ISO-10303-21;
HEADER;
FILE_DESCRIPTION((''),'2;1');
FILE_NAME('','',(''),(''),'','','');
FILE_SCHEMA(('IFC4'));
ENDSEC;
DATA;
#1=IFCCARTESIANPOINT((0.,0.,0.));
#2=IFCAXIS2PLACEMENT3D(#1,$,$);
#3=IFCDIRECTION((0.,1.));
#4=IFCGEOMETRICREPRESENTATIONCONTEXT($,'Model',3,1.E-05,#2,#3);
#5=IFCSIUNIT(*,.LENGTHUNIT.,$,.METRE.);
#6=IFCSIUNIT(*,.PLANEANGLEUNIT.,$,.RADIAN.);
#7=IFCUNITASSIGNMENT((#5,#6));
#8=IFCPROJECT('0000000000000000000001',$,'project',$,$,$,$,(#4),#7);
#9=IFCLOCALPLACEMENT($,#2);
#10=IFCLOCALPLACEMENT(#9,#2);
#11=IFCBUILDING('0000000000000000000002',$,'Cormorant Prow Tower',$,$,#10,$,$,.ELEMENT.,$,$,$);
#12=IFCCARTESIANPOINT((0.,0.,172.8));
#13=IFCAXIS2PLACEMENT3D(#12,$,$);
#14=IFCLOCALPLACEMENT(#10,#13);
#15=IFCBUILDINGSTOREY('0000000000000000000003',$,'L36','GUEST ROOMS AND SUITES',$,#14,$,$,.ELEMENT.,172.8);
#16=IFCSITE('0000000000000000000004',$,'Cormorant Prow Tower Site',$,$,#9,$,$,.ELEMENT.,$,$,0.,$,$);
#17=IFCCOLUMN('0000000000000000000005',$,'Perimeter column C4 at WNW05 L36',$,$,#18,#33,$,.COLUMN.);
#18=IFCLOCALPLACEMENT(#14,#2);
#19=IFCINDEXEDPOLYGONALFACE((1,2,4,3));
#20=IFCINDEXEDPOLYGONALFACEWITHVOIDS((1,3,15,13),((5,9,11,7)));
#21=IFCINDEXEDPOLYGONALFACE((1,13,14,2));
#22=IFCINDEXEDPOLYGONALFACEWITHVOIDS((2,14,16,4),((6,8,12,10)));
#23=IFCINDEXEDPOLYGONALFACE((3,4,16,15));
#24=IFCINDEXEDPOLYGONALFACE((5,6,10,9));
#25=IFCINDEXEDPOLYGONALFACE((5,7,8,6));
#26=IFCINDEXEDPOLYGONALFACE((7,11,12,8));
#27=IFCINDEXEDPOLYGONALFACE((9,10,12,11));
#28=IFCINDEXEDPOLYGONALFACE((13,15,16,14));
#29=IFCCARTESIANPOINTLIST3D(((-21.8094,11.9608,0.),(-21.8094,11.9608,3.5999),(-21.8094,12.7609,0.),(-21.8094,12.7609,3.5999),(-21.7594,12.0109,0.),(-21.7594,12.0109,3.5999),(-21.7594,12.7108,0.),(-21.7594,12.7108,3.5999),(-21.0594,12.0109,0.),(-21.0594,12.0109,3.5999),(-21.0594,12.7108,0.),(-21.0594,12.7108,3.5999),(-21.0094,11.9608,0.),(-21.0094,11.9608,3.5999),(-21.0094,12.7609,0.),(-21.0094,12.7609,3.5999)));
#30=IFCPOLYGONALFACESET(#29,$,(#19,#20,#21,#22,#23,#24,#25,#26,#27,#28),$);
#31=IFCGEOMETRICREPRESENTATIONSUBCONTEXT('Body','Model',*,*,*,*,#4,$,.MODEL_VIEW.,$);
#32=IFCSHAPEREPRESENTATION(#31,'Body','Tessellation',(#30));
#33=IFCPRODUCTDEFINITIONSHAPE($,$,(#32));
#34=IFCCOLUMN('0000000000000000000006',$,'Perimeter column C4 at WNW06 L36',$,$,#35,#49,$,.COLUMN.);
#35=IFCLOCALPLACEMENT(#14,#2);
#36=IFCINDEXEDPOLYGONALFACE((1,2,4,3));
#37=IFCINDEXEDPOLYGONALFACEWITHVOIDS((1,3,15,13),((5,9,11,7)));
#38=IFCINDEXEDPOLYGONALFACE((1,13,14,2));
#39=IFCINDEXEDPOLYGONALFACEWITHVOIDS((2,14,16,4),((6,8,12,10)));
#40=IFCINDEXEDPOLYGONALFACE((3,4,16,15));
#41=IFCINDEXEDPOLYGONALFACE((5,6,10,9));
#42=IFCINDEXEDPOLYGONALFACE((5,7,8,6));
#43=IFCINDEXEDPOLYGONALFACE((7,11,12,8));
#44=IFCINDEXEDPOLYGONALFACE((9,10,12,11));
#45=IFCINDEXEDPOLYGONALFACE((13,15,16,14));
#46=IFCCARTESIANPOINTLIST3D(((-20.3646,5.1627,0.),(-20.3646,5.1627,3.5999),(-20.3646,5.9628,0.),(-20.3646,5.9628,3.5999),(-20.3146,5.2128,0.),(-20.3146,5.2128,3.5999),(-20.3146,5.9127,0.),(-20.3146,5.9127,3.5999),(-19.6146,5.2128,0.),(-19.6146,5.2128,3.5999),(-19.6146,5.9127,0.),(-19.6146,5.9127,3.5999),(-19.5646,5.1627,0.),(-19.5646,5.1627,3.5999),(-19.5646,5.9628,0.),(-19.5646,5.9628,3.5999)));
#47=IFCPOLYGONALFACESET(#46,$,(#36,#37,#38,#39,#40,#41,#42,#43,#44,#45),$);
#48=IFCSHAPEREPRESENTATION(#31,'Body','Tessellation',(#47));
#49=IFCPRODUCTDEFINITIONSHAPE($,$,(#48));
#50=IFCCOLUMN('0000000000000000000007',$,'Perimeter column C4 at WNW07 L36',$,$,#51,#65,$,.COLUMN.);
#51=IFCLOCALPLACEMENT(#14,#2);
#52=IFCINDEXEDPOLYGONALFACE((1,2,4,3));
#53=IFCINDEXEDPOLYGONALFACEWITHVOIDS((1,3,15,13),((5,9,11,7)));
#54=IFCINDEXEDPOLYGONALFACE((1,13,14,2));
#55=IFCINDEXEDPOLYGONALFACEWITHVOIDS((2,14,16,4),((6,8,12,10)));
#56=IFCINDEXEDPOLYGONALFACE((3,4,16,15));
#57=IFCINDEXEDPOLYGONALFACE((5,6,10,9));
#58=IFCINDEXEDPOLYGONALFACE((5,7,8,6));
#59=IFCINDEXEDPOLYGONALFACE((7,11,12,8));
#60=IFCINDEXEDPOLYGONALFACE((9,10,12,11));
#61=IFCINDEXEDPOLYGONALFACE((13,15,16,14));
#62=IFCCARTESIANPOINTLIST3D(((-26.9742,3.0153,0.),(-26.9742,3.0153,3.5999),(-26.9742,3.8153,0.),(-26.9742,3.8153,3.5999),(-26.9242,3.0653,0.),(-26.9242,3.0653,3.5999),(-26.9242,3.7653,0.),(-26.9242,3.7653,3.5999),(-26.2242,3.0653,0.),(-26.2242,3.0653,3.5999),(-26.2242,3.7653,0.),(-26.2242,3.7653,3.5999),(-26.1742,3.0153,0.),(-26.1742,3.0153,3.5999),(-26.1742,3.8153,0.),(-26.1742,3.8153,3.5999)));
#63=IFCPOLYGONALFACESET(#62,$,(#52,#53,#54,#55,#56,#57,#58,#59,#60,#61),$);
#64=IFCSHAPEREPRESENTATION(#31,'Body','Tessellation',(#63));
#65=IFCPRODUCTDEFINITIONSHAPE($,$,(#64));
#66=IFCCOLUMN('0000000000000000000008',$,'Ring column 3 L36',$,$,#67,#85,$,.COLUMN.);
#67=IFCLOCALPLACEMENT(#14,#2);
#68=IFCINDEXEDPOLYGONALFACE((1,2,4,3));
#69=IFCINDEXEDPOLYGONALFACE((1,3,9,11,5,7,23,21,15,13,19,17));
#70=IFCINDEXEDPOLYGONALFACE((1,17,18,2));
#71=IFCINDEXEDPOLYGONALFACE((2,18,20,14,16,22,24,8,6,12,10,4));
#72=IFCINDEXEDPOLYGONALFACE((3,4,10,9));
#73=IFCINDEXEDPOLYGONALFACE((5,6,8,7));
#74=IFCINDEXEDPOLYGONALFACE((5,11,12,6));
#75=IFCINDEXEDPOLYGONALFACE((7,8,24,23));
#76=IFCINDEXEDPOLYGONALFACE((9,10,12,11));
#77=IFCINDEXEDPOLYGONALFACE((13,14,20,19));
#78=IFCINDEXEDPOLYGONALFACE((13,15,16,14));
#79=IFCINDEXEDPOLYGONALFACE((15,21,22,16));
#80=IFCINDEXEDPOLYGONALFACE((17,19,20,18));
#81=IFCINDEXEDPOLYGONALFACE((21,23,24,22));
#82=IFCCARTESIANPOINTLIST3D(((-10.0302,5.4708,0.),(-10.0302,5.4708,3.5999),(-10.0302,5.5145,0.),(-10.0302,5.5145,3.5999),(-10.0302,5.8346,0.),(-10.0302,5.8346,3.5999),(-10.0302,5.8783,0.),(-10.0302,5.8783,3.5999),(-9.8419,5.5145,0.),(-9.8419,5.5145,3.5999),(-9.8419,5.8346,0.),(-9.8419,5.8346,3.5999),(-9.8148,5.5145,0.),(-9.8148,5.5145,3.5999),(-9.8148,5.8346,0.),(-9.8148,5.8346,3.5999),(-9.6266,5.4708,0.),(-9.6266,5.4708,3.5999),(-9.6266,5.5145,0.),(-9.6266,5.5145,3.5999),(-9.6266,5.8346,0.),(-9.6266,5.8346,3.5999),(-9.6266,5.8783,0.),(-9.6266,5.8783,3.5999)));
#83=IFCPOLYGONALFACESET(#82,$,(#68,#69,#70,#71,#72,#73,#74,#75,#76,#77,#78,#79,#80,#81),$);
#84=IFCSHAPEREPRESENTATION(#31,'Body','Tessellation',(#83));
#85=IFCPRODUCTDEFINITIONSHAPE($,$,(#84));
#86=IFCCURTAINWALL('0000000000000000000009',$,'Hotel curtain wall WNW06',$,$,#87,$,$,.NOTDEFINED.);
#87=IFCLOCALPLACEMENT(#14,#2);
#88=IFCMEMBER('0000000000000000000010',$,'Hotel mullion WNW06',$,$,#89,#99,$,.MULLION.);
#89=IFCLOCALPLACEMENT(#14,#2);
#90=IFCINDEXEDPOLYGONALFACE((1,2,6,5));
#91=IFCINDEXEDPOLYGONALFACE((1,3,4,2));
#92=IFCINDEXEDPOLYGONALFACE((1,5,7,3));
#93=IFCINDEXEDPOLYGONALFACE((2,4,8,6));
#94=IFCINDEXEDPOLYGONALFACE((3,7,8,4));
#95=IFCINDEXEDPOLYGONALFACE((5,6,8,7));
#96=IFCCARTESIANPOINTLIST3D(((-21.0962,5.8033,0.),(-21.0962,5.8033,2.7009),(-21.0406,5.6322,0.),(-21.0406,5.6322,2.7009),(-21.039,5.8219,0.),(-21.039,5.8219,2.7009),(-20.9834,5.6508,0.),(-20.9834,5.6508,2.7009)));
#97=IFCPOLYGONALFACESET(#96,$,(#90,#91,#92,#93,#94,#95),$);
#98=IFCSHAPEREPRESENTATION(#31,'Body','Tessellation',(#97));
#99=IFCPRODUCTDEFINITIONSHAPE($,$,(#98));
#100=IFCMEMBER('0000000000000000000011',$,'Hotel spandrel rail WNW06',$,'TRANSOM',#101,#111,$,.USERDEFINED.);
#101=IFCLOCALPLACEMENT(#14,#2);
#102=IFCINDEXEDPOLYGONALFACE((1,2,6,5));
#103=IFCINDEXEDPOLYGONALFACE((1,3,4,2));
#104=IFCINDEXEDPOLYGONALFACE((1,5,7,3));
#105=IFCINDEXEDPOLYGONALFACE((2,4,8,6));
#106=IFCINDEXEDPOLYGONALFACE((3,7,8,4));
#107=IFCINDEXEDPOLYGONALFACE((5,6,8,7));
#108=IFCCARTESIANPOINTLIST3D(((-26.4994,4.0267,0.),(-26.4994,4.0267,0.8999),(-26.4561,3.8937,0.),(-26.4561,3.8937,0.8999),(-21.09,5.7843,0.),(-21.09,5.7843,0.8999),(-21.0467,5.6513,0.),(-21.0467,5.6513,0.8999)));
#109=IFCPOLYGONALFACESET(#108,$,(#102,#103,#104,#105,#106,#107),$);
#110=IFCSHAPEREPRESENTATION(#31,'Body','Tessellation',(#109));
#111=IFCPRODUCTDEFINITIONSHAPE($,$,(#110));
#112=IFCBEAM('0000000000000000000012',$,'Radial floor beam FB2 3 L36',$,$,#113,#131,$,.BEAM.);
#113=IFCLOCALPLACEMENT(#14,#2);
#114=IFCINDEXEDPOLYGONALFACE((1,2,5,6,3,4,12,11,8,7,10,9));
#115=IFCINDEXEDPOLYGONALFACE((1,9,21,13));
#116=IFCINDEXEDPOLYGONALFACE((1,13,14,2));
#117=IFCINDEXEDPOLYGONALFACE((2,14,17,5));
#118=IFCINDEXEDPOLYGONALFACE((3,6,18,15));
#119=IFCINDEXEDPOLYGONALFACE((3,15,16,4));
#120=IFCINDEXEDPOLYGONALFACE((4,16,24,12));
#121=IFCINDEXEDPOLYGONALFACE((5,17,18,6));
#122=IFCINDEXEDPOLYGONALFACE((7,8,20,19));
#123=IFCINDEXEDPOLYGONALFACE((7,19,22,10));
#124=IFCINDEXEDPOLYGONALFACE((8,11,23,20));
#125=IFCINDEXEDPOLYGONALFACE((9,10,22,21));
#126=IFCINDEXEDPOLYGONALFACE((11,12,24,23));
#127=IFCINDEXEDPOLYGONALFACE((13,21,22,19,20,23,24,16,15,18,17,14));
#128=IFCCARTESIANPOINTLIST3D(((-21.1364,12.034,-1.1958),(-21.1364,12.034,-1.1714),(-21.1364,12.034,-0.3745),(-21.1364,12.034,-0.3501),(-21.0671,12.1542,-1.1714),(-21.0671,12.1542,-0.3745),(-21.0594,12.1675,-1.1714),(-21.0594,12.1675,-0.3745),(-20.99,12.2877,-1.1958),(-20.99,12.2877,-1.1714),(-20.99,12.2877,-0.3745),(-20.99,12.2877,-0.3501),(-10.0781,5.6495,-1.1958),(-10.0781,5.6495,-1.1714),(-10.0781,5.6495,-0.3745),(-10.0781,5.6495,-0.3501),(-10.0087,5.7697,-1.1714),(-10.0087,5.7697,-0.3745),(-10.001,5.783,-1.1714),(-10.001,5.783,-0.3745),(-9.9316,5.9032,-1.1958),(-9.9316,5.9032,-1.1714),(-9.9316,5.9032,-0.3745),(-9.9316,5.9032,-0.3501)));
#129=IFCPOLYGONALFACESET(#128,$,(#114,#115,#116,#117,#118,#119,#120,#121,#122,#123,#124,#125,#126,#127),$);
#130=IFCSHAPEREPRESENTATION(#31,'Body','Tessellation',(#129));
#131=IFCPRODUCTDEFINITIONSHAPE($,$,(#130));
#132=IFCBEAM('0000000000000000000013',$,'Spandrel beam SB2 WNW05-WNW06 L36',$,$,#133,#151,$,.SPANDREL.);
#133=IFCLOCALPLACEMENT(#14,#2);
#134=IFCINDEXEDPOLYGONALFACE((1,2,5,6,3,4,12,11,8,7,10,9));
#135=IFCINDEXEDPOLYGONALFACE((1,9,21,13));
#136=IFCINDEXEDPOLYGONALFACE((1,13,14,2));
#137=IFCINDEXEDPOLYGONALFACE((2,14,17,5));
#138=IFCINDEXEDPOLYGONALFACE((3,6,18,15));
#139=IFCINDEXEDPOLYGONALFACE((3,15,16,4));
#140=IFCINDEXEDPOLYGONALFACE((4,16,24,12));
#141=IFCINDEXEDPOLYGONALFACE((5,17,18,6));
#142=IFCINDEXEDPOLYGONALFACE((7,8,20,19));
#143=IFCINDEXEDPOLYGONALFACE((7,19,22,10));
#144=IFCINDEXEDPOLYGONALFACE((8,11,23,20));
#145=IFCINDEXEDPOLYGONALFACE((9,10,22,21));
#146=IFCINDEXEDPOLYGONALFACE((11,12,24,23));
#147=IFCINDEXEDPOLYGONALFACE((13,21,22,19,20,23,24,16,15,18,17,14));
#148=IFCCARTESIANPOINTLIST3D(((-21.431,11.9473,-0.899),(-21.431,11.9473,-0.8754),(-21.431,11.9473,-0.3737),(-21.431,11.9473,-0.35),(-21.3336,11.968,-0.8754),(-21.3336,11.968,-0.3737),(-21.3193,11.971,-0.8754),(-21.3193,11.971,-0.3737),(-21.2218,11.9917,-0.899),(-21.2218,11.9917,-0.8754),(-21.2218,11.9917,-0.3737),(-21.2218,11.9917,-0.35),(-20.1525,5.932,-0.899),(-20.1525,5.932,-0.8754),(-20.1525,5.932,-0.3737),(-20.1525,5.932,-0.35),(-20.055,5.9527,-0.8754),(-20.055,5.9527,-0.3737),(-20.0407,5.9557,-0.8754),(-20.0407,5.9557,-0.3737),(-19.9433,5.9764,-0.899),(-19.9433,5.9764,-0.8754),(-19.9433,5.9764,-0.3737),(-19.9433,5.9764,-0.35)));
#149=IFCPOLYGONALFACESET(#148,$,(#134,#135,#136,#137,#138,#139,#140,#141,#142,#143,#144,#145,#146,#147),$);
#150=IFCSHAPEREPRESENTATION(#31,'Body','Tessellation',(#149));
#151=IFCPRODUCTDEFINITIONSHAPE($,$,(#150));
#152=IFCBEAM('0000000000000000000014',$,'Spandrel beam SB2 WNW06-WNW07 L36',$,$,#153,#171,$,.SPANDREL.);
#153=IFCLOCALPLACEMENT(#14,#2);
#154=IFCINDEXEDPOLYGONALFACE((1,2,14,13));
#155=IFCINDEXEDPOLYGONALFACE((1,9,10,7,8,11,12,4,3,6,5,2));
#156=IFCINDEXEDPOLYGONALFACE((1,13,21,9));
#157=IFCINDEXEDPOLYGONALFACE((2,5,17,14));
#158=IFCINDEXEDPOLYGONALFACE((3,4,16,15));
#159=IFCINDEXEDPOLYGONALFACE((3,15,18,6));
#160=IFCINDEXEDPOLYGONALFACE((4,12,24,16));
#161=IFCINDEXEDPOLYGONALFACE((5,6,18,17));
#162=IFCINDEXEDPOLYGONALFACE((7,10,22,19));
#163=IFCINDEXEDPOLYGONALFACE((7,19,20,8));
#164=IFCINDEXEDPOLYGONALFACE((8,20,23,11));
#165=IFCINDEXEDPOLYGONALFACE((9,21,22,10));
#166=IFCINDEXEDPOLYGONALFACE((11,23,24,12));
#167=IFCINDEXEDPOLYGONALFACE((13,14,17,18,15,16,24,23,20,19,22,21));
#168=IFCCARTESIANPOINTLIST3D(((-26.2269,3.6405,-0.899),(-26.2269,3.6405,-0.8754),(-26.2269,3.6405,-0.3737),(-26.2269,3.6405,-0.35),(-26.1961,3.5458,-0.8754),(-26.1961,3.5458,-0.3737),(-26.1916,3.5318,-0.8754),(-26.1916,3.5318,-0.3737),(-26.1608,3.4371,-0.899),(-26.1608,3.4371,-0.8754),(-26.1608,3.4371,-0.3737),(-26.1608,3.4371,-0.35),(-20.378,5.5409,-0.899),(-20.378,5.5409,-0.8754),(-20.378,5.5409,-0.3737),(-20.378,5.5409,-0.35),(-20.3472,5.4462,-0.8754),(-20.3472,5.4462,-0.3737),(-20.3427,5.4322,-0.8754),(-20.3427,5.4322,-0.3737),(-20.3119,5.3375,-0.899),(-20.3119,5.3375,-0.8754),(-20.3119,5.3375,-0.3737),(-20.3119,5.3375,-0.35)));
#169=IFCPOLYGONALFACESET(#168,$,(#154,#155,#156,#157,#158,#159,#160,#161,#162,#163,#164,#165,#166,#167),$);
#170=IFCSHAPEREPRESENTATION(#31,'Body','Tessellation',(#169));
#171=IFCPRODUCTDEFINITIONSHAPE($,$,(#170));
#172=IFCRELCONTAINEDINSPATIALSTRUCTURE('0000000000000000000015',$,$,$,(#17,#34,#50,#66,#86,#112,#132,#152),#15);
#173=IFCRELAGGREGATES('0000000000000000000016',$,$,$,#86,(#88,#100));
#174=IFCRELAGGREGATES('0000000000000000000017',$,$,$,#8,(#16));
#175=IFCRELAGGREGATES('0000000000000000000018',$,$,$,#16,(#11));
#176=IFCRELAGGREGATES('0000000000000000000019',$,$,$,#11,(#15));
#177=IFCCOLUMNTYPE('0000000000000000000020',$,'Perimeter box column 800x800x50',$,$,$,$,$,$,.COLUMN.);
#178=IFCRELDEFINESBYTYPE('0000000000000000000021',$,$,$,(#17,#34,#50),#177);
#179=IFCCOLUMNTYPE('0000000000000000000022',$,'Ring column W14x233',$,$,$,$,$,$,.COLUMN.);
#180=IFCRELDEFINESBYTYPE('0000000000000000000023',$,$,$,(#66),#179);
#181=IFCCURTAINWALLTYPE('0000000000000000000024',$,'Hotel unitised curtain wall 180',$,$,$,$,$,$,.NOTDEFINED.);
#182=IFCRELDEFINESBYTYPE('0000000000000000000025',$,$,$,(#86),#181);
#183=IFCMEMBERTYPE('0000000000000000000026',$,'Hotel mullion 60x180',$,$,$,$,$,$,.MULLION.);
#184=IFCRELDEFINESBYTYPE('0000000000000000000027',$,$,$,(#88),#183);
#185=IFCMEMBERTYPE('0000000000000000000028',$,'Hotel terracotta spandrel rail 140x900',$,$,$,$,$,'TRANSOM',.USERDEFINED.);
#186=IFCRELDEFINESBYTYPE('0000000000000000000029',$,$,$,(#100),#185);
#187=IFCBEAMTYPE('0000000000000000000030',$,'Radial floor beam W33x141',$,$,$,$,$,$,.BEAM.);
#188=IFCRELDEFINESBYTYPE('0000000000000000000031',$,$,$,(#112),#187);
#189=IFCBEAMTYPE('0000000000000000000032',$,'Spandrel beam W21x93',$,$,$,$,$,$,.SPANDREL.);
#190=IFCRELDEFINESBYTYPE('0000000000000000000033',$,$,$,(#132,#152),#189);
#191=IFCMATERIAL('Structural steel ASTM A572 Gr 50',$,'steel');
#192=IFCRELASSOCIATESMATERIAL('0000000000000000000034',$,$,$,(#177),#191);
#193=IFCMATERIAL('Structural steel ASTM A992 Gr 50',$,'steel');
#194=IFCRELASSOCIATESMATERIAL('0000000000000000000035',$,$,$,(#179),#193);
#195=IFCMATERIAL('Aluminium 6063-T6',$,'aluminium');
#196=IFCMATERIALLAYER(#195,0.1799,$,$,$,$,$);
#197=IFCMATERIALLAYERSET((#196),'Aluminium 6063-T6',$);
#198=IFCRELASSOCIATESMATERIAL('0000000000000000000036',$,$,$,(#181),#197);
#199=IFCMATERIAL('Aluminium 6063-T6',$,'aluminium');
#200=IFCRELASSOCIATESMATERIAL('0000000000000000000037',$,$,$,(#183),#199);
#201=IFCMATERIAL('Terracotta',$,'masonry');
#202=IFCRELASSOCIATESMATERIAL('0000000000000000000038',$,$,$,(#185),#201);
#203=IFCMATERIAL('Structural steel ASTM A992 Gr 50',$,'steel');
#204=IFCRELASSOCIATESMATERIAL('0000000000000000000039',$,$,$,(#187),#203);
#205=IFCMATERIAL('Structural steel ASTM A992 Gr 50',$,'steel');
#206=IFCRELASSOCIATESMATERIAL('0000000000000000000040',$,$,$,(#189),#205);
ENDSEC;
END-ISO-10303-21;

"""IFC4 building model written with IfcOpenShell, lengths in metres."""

from ifc_helpers import new_model, si_unit, direction, frame, origin, origin_2d, place, context, subcontext, project, spatial, rectangle, hollow_rectangle, i_section, extrude, material, layer, layer_set, material_profile, profile_set, type_object, element, aggregate, save


model = new_model("IFC4")

# Units and contexts
model_context = context("Model", 3, precision=1e-05, world=origin(), true_north=direction((0.0, 1.0)))
body_context = subcontext(model_context, "Body", "Model", "MODEL_VIEW")
ifc_project = project(units=[si_unit("LENGTHUNIT", "METRE"), si_unit("PLANEANGLEUNIT", "RADIAN")], contexts=[model_context])

# Site, building, storey
site_placement = place(None, origin())
site = spatial("IfcSite", under=ifc_project, at=site_placement, Name="Cormorant Prow Tower Site", CompositionType="ELEMENT", RefElevation=0.0)
building_placement = place(site_placement, origin())
building = spatial("IfcBuilding", under=site, at=building_placement, Name="Cormorant Prow Tower", CompositionType="ELEMENT")
storey_placement = place(building_placement, frame((0.0, 0.0, 172.8)))
storey = spatial("IfcBuildingStorey", under=building, at=storey_placement, Name="L36", Description="GUEST ROOMS AND SUITES", CompositionType="ELEMENT", Elevation=172.8)

# Columns
ifc_material_1 = material(Name="Structural steel ASTM A572 Gr 50", Category="steel")
ifc_material_profile_1 = material_profile(ifc_material_1, hollow_rectangle(XDim=0.8, YDim=0.8, WallThickness=0.05, at=origin_2d()), Name="Box 800x800x50")
ifc_profile_set_1 = profile_set([ifc_material_profile_1], Name="Structural steel ASTM A572 Gr 50")
column_type_1 = type_object("IfcColumnType", Name="Perimeter box column 800x800x50", PredefinedType="COLUMN", material=ifc_profile_set_1)
for number, where, z_axis, x_axis, name in (
    (1, (-21.4094, 12.3608, 0.0), (0.0, 0.0, 1.0), (1.0, 0.0, 0.0), "Perimeter column C4 at WNW05 L36"),
    (2, (-19.9646, 5.5627, 0.0), (0.0, 0.0, 1.0), (1.0, 0.0, 0.0), "Perimeter column C4 at WNW06 L36"),
    (3, (-26.5742, 3.4153, 0.0), (0.0, 0.0, 1.0), (1.0, 0.0, 0.0), "Perimeter column C4 at WNW07 L36"),
):
    element("IfcColumn", number, at=place(storey_placement, frame(where, z_axis=z_axis, x_axis=x_axis)), inside=storey, type_object=column_type_1, Name=name, PredefinedType="COLUMN", context=body_context, shape_type="SweptSolid", body=[
        extrude(hollow_rectangle(XDim=0.8, YDim=0.8, WallThickness=0.05, at=origin_2d()), origin(), (0.0, 0.0, 1.0), 3.5999),
    ])
ifc_material_2 = material(Name="Structural steel ASTM A992 Gr 50", Category="steel")
ifc_material_profile_2 = material_profile(ifc_material_2, i_section(OverallWidth=0.4036, OverallDepth=0.4075, WebThickness=0.0271, FlangeThickness=0.0437, at=origin_2d()), Name="W14x233")
ifc_profile_set_2 = profile_set([ifc_material_profile_2], Name="Structural steel ASTM A992 Gr 50")
column_type_2 = type_object("IfcColumnType", Name="Ring column W14x233", PredefinedType="COLUMN", material=ifc_profile_set_2)
column_placement = place(storey_placement, frame((-9.8284, 5.6746, 0.0), z_axis=(0.0, 0.0, 1.0), x_axis=(1.0, 0.0, 0.0)))
element("IfcColumn", 4, at=column_placement, inside=storey, type_object=column_type_2, Name="Ring column 3 L36", PredefinedType="COLUMN", context=body_context, shape_type="SweptSolid", body=[
    extrude(i_section(OverallWidth=0.4036, OverallDepth=0.4075, WebThickness=0.0271, FlangeThickness=0.0437, at=origin_2d()), origin(), (0.0, 0.0, 1.0), 3.5999),
])

# Curtain wall, members
ifc_material_3 = material(Name="Aluminium 6063-T6", Category="aluminium")
ifc_layer_1 = layer(ifc_material_3, 0.1799)
ifc_layer_set_1 = layer_set([ifc_layer_1], Name="Aluminium 6063-T6")
curtain_wall_type = type_object("IfcCurtainWallType", Name="Hotel unitised curtain wall 180", PredefinedType="NOTDEFINED", material=ifc_layer_set_1)
curtain_wall_1_placement = place(storey_placement, origin())
curtain_wall_1 = element("IfcCurtainWall", 5, at=curtain_wall_1_placement, inside=storey, type_object=curtain_wall_type, Name="Hotel curtain wall WNW06", PredefinedType="NOTDEFINED")
ifc_material_4 = material(Name="Aluminium 6063-T6", Category="aluminium")
ifc_material_profile_3 = material_profile(ifc_material_4, rectangle(XDim=0.1799, YDim=0.0601, at=origin_2d()), Name="Hotel mullion 60x180")
ifc_profile_set_3 = profile_set([ifc_material_profile_3], Name="Aluminium 6063-T6")
member_type_1 = type_object("IfcMemberType", Name="Hotel mullion 60x180", PredefinedType="MULLION", material=ifc_profile_set_3)
member_1_placement = place(storey_placement, frame((-21.0398, 5.7271, 0.0), z_axis=(0.0, 0.0, 1.0), x_axis=(0.309017, -0.951057, 0.0)))
member_1 = element("IfcMember", 6, at=member_1_placement, type_object=member_type_1, Name="Hotel mullion WNW06", PredefinedType="MULLION", context=body_context, shape_type="SweptSolid", body=[
    extrude(rectangle(XDim=0.1799, YDim=0.0601, at=origin_2d()), origin(), (0.0, 0.0, 1.0), 2.7009),
])
ifc_material_5 = material(Name="Terracotta", Category="masonry")
ifc_material_profile_4 = material_profile(ifc_material_5, rectangle(XDim=0.1399, YDim=0.8999, at=origin_2d()), Name="Hotel terracotta spandrel rail 140x900")
ifc_profile_set_4 = profile_set([ifc_material_profile_4], Name="Terracotta")
member_type_2 = type_object("IfcMemberType", Name="Hotel terracotta spandrel rail 140x900", ElementType="TRANSOM", PredefinedType="USERDEFINED", material=ifc_profile_set_4)
member_2_placement = place(storey_placement, frame((-21.0684, 5.7178, 0.45), z_axis=(-0.95106, -0.309007, 0.0), x_axis=(0.309007, -0.95106, 0.0)))
member_2 = element("IfcMember", 7, at=member_2_placement, type_object=member_type_2, Name="Hotel spandrel rail WNW06", ObjectType="TRANSOM", PredefinedType="USERDEFINED", context=body_context, shape_type="SweptSolid", body=[
    extrude(rectangle(XDim=0.1399, YDim=0.8999, at=origin_2d()), origin(), (0.0, 0.0, 1.0), 5.6877),
])

# Beams
ifc_material_6 = material(Name="Structural steel ASTM A992 Gr 50", Category="steel")
ifc_material_profile_5 = material_profile(ifc_material_6, i_section(OverallWidth=0.293, OverallDepth=0.8457, WebThickness=0.0154, FlangeThickness=0.0244, at=origin_2d()), Name="W33x141")
ifc_profile_set_5 = profile_set([ifc_material_profile_5], Name="Structural steel ASTM A992 Gr 50")
beam_type_1 = type_object("IfcBeamType", Name="Radial floor beam W33x141", PredefinedType="BEAM", material=ifc_profile_set_5)
beam_1_placement = place(storey_placement, frame((-10.0049, 5.7764, -0.7729), z_axis=(-0.866026, 0.499999, 0.0), x_axis=(-0.499999, -0.866026, 0.0)))
element("IfcBeam", 8, at=beam_1_placement, inside=storey, type_object=beam_type_1, Name="Radial floor beam FB2 3 L36", PredefinedType="BEAM", context=body_context, shape_type="SweptSolid", body=[
    extrude(i_section(OverallWidth=0.293, OverallDepth=0.8457, WebThickness=0.0154, FlangeThickness=0.0244, at=origin_2d()), origin(), (0.0, 0.0, 1.0), 12.769),
])
ifc_material_7 = material(Name="Structural steel ASTM A992 Gr 50", Category="steel")
ifc_material_profile_6 = material_profile(ifc_material_7, i_section(OverallWidth=0.2139, OverallDepth=0.5491, WebThickness=0.0146, FlangeThickness=0.0237, at=origin_2d()), Name="W21x93")
ifc_profile_set_6 = profile_set([ifc_material_profile_6], Name="Structural steel ASTM A992 Gr 50")
beam_type_2 = type_object("IfcBeamType", Name="Spandrel beam W21x93", PredefinedType="SPANDREL", material=ifc_profile_set_6)
beam_2_placement = place(storey_placement, frame((-21.3264, 11.9695, -0.6245), z_axis=(0.207905, -0.978149, 0.0), x_axis=(0.978149, 0.207905, 0.0)))
element("IfcBeam", 9, at=beam_2_placement, inside=storey, type_object=beam_type_2, Name="Spandrel beam SB2 WNW05-WNW06 L36", PredefinedType="SPANDREL", context=body_context, shape_type="SweptSolid", body=[
    extrude(i_section(OverallWidth=0.2139, OverallDepth=0.5491, WebThickness=0.0146, FlangeThickness=0.0237, at=origin_2d()), origin(), (0.0, 0.0, 1.0), 6.1497),
])
beam_3_placement = place(storey_placement, frame((-20.345, 5.4392, -0.6245), z_axis=(-0.951058, -0.309013, 0.0), x_axis=(0.309013, -0.951058, 0.0)))
element("IfcBeam", 10, at=beam_3_placement, inside=storey, type_object=beam_type_2, Name="Spandrel beam SB2 WNW06-WNW07 L36", PredefinedType="SPANDREL", context=body_context, shape_type="SweptSolid", body=[
    extrude(i_section(OverallWidth=0.2139, OverallDepth=0.5491, WebThickness=0.0146, FlangeThickness=0.0237, at=origin_2d()), origin(), (0.0, 0.0, 1.0), 6.1499),
])

aggregate(curtain_wall_1, [member_1, member_2])

save(model, "model.ifc")
